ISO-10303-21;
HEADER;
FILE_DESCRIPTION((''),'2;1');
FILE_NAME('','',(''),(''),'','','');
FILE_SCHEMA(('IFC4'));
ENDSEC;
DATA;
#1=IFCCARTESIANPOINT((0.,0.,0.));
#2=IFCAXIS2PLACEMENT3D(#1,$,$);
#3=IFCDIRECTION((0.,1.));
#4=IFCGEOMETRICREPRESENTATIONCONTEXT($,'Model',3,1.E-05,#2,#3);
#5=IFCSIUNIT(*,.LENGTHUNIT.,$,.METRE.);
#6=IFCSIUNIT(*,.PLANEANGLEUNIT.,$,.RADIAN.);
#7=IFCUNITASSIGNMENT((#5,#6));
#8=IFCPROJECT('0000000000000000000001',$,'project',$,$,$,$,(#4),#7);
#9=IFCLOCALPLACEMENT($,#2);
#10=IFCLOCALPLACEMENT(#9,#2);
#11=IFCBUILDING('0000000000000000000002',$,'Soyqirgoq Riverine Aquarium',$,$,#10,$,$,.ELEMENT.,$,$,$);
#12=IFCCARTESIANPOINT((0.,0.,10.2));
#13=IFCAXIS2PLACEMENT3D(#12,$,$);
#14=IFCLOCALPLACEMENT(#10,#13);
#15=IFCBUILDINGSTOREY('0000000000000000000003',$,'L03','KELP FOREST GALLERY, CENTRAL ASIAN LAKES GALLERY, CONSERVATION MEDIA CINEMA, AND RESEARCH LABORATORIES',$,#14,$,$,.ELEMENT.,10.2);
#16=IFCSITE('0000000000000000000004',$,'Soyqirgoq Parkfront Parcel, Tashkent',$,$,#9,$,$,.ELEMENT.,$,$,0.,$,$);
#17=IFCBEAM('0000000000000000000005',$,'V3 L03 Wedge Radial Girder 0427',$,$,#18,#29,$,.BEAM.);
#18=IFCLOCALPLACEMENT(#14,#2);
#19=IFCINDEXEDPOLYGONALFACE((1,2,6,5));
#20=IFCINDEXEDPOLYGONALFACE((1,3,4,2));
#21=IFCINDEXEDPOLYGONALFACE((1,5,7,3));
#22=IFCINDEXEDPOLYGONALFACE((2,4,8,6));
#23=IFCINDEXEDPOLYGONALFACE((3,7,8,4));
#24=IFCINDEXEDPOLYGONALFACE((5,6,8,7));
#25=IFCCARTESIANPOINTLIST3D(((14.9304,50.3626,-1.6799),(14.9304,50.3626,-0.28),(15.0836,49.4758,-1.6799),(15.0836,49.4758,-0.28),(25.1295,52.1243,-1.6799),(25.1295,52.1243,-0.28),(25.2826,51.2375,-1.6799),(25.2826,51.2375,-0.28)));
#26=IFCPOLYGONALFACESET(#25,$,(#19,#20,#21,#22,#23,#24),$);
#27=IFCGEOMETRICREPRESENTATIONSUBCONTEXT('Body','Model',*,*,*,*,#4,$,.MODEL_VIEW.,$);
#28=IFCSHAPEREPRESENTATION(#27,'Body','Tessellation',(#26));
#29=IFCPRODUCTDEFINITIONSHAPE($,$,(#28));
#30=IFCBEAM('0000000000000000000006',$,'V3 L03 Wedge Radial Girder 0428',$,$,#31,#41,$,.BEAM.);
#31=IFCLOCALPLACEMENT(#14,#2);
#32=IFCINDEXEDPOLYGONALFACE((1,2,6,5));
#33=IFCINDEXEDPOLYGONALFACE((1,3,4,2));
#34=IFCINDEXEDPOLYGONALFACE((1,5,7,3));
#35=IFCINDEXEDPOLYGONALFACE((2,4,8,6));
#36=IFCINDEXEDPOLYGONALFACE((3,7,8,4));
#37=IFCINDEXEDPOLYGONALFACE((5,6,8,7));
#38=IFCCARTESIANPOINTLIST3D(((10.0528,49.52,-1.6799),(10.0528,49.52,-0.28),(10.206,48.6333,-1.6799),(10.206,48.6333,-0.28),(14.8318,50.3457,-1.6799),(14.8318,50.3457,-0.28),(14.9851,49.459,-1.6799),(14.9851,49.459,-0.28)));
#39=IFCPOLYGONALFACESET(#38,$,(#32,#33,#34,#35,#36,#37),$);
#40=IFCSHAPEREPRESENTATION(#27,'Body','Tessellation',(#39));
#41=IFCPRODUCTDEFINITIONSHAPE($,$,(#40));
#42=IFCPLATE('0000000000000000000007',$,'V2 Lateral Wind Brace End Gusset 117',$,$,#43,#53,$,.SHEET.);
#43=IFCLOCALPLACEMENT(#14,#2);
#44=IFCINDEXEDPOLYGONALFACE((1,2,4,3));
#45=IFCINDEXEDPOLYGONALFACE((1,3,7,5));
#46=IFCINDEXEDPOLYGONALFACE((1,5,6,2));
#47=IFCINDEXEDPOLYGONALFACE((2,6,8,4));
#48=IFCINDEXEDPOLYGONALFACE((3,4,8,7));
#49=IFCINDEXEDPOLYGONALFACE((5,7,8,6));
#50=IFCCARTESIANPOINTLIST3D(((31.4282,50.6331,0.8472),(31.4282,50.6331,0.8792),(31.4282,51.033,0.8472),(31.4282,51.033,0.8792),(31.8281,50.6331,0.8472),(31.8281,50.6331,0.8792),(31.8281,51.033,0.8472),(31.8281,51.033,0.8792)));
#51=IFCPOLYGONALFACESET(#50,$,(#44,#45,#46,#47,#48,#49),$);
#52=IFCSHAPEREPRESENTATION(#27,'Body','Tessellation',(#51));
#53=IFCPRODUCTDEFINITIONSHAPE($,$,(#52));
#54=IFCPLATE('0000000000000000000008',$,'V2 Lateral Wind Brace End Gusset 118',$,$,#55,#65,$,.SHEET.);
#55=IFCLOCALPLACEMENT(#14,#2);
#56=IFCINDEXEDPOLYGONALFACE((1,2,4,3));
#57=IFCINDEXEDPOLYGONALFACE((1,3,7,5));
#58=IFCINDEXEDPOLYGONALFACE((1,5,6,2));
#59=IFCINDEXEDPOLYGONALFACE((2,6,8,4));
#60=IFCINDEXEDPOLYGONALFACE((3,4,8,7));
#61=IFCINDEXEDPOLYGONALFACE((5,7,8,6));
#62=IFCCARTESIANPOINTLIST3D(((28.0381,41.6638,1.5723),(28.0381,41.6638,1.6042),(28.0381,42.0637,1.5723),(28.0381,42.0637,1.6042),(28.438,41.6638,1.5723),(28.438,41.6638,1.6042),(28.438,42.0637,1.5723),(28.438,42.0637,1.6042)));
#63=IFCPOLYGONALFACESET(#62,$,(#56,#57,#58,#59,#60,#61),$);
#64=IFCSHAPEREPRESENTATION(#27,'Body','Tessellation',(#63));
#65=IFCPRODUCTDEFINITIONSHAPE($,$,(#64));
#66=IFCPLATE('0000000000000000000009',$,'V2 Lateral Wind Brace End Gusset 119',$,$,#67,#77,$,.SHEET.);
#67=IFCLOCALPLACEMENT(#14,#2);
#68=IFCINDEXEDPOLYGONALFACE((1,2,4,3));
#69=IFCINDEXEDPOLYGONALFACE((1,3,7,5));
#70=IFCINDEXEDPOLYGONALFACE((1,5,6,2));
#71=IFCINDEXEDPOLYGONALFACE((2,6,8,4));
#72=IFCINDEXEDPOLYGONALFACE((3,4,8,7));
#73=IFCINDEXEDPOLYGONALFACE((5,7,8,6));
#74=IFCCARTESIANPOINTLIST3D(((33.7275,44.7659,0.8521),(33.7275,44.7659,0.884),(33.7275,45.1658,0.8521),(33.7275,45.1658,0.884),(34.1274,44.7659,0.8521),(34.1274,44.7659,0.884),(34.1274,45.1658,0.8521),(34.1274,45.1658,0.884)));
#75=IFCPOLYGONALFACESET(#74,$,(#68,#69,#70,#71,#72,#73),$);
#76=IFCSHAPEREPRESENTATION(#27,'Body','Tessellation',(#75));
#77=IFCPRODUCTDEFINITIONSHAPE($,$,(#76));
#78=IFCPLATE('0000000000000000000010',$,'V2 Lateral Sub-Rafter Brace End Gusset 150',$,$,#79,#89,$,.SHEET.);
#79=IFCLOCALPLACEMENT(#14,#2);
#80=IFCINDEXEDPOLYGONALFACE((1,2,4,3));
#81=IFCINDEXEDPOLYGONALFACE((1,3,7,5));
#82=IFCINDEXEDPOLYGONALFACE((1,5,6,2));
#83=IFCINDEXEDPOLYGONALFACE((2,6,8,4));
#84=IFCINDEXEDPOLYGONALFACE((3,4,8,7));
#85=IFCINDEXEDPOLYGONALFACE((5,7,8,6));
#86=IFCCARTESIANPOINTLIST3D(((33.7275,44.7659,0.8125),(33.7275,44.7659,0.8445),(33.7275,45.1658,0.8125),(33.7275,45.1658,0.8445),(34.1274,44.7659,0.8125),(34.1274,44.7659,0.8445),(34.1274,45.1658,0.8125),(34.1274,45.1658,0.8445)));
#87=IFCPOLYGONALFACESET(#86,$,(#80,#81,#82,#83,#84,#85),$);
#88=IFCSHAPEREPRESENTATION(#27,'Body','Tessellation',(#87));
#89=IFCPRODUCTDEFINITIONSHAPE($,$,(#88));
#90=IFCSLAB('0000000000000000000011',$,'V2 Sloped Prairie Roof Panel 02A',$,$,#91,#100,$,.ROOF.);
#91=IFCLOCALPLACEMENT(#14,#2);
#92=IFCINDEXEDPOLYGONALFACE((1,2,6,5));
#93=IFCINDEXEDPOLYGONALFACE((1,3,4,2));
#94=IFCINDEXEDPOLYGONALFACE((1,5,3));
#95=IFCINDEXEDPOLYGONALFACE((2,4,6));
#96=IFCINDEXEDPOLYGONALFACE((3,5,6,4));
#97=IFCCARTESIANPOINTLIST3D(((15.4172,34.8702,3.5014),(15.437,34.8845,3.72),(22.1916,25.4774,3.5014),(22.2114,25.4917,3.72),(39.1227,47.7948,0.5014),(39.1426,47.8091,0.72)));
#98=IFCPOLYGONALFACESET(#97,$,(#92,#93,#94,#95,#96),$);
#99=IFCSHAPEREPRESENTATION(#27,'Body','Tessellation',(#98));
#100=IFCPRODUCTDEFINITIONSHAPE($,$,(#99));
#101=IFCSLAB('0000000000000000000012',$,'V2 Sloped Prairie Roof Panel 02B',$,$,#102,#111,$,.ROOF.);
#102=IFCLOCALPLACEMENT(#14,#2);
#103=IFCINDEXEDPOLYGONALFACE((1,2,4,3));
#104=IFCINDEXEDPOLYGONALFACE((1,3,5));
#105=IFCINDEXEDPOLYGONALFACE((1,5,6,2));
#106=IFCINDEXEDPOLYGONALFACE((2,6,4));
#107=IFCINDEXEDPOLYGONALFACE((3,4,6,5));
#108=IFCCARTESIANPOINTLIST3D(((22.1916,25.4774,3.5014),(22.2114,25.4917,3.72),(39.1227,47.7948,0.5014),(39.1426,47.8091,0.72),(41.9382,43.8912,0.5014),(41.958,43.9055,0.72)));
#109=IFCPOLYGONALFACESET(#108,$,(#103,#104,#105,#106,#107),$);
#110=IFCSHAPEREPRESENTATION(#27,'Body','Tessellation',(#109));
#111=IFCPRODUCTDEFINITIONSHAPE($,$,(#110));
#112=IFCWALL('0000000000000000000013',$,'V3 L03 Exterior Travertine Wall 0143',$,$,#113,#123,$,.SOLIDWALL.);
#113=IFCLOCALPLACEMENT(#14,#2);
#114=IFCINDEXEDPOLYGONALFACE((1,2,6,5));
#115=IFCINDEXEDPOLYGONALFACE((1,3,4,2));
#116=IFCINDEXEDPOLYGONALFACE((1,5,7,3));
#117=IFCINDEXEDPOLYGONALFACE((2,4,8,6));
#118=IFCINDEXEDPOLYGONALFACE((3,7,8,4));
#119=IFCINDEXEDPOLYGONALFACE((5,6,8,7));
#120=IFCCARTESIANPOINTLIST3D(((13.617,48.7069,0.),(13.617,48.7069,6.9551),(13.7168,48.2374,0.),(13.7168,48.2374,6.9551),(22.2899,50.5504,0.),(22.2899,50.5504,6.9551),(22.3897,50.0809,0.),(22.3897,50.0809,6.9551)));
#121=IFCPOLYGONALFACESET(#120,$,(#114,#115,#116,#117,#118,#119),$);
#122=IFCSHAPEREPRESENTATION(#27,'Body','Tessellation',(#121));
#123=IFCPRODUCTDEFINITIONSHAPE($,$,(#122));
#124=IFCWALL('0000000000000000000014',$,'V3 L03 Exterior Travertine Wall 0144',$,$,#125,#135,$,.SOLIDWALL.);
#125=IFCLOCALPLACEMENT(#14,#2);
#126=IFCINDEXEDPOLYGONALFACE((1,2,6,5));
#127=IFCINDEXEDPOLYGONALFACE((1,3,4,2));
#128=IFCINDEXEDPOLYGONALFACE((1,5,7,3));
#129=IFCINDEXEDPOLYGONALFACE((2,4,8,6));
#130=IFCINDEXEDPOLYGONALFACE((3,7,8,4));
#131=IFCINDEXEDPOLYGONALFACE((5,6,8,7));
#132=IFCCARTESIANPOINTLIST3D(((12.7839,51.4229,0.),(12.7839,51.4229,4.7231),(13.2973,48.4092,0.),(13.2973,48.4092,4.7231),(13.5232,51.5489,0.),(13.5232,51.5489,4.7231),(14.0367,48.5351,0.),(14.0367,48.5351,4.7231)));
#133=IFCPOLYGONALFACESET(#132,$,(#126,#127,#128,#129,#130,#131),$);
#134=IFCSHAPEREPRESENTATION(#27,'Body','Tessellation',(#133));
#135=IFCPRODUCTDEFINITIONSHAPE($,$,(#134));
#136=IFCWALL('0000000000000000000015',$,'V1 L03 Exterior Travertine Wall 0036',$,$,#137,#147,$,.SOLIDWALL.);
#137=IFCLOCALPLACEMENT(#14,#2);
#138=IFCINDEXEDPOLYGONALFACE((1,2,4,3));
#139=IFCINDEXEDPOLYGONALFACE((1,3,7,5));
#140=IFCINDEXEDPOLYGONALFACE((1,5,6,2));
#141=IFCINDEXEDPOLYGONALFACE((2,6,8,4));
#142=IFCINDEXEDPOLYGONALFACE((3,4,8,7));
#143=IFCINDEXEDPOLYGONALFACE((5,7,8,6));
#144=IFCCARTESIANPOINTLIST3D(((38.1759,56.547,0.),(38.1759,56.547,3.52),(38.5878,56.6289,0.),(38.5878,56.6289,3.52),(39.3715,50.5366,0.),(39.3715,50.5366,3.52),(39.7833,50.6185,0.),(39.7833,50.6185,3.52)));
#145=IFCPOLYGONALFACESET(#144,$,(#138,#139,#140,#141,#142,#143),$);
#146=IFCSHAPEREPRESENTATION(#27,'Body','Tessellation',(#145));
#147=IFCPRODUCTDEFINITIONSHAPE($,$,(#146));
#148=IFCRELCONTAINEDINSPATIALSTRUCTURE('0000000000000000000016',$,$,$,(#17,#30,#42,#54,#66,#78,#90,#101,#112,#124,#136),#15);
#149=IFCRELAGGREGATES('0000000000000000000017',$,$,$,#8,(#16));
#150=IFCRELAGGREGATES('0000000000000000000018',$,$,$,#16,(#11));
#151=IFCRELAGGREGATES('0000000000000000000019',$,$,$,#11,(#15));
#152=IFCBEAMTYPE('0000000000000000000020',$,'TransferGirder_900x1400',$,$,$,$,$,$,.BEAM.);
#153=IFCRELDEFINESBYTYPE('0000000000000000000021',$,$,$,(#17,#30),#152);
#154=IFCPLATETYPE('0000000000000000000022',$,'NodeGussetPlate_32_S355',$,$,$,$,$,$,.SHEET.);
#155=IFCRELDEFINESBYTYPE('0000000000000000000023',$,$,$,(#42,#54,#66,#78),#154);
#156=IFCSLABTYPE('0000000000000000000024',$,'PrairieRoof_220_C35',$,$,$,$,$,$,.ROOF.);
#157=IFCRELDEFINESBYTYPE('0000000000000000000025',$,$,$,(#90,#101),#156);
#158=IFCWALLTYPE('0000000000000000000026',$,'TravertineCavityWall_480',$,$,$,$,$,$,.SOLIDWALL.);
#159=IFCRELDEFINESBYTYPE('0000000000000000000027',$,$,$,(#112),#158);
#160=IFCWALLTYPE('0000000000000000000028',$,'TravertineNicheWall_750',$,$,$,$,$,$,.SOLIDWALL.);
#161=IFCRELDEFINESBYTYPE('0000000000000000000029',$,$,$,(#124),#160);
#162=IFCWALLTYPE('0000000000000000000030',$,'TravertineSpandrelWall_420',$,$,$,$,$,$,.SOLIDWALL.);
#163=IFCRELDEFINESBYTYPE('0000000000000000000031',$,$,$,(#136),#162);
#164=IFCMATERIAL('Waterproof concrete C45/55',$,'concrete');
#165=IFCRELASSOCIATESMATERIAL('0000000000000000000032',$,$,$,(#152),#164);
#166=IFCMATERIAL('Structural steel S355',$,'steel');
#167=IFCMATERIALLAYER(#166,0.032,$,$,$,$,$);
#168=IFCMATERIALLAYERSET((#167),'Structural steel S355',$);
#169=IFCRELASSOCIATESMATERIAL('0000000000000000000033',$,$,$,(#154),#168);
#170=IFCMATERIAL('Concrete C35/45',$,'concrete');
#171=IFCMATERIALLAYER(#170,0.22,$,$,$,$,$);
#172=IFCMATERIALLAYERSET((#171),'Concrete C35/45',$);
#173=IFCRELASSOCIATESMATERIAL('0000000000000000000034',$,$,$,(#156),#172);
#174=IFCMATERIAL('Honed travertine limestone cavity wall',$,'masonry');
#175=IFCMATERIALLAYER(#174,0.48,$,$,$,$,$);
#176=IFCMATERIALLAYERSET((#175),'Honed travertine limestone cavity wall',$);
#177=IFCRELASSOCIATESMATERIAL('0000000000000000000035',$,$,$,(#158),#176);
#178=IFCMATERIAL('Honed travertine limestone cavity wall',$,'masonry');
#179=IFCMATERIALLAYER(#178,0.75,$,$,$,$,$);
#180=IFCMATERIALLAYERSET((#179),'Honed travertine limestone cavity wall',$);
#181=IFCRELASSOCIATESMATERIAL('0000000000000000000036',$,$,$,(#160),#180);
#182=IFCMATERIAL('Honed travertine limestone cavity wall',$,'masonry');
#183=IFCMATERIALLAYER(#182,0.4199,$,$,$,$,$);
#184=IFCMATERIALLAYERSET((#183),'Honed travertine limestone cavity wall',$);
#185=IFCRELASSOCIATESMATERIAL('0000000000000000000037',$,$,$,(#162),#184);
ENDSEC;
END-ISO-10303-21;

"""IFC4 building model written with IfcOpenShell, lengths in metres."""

from ifc_helpers import new_model, si_unit, direction, frame, frame_2d, origin, origin_2d, place, context, subcontext, project, spatial, polyline, rectangle, outline, extrude, material, layer, layer_set, material_profile, profile_set, type_object, element, save


model = new_model("IFC4")

# Units and contexts
model_context = context("Model", 3, precision=1e-05, world=origin(), true_north=direction((0.0, 1.0)))
body_context = subcontext(model_context, "Body", "Model", "MODEL_VIEW")
ifc_project = project(units=[si_unit("LENGTHUNIT", "METRE"), si_unit("PLANEANGLEUNIT", "RADIAN")], contexts=[model_context])

# Site, building, storey
site_placement = place(None, origin())
site = spatial("IfcSite", under=ifc_project, at=site_placement, Name="Soyqirgoq Parkfront Parcel, Tashkent", CompositionType="ELEMENT", RefElevation=0.0)
building_placement = place(site_placement, origin())
building = spatial("IfcBuilding", under=site, at=building_placement, Name="Soyqirgoq Riverine Aquarium", CompositionType="ELEMENT")
storey_placement = place(building_placement, frame((0.0, 0.0, 10.2)))
storey = spatial("IfcBuildingStorey", under=building, at=storey_placement, Name="L03", Description="KELP FOREST GALLERY, CENTRAL ASIAN LAKES GALLERY, CONSERVATION MEDIA CINEMA, AND RESEARCH LABORATORIES", CompositionType="ELEMENT", Elevation=10.2)

# Beams
ifc_material_1 = material(Name="Waterproof concrete C45/55", Category="concrete")
ifc_material_profile_1 = material_profile(ifc_material_1, rectangle(XDim=0.8999, YDim=1.3999, at=origin_2d()), Name="RC 900x1400")
ifc_profile_set_1 = profile_set([ifc_material_profile_1], Name="Waterproof concrete C45/55")
beam_type_1 = type_object("IfcBeamType", Name="TransferGirder_900x1400", PredefinedType="BEAM", material=ifc_profile_set_1)
beam_1_placement = place(storey_placement, frame((25.2061, 51.6809, -0.98), z_axis=(-0.985407, -0.170214, 0.0), x_axis=(0.170214, -0.985407, 0.0)))
element("IfcBeam", 1, at=beam_1_placement, inside=storey, type_object=beam_type_1, Name="V3 L03 Wedge Radial Girder 0427", PredefinedType="BEAM", context=body_context, shape_type="SweptSolid", body=[
    extrude(rectangle(XDim=0.8999, YDim=1.3999, at=origin_2d()), origin(), (0.0, 0.0, 1.0), 10.3501),
])
beam_2_placement = place(storey_placement, frame((14.9084, 49.9023, -0.98), z_axis=(-0.985401, -0.170249, 0.0), x_axis=(0.170249, -0.985401, 0.0)))
element("IfcBeam", 2, at=beam_2_placement, inside=storey, type_object=beam_type_1, Name="V3 L03 Wedge Radial Girder 0428", PredefinedType="BEAM", context=body_context, shape_type="SweptSolid", body=[
    extrude(rectangle(XDim=0.8999, YDim=1.3999, at=origin_2d()), origin(), (0.0, 0.0, 1.0), 4.8499),
])

# Plates
ifc_material_2 = material(Name="Structural steel S355", Category="steel")
ifc_layer_1 = layer(ifc_material_2, 0.032)
ifc_layer_set_1 = layer_set([ifc_layer_1], Name="Structural steel S355")
plate_type = type_object("IfcPlateType", Name="NodeGussetPlate_32_S355", PredefinedType="SHEET", material=ifc_layer_set_1)
for number, where, z_axis, x_axis, name in (
    (3, (31.6282, 50.833, 0.8472), (0.0, 0.0, 1.0), (1.0, 0.0, 0.0), "V2 Lateral Wind Brace End Gusset 117"),
    (4, (28.238, 41.8638, 1.5723), (0.0, 0.0, 1.0), (1.0, 0.0, 0.0), "V2 Lateral Wind Brace End Gusset 118"),
    (5, (33.9275, 44.9658, 0.8521), (0.0, 0.0, 1.0), (1.0, 0.0, 0.0), "V2 Lateral Wind Brace End Gusset 119"),
    (6, (33.9275, 44.9658, 0.8125), (0.0, 0.0, 1.0), (1.0, 0.0, 0.0), "V2 Lateral Sub-Rafter Brace End Gusset 150"),
):
    element("IfcPlate", number, at=place(storey_placement, frame(where, z_axis=z_axis, x_axis=x_axis)), inside=storey, type_object=plate_type, Name=name, PredefinedType="SHEET", context=body_context, shape_type="SweptSolid", body=[
        extrude(rectangle(XDim=0.3999, YDim=0.3999, at=origin_2d()), origin(), (0.0, 0.0, 1.0), 0.032),
    ])

# Slabs
ifc_material_3 = material(Name="Concrete C35/45", Category="concrete")
ifc_layer_2 = layer(ifc_material_3, 0.22)
ifc_layer_set_2 = layer_set([ifc_layer_2], Name="Concrete C35/45")
slab_type = type_object("IfcSlabType", Name="PrairieRoof_220_C35", PredefinedType="ROOF", material=ifc_layer_set_2)
slab_1_placement = place(storey_placement, frame((39.1426, 47.8091, 0.72), z_axis=(0.09027, 0.065106, 0.993787), x_axis=(-0.872615, -0.47576, 0.110432)))
element("IfcSlab", 7, at=slab_1_placement, inside=storey, type_object=slab_type, Name="V2 Sloped Prairie Roof Panel 02A", PredefinedType="ROOF", context=body_context, shape_type="SweptSolid", body=[
    extrude(outline(polyline([(0.0, 0.0), (27.1661, 0.0), (25.7234, 11.4907), (0.0, 0.0)])), origin(), (0.0, 0.0, -1.0), 0.22),
])
slab_2_placement = place(storey_placement, frame((39.1426, 47.8091, 0.72), z_axis=(0.090269, 0.065106, 0.993787), x_axis=(-0.600966, -0.792149, 0.106484)))
element("IfcSlab", 8, at=slab_2_placement, inside=storey, type_object=slab_type, Name="V2 Sloped Prairie Roof Panel 02B", PredefinedType="ROOF", context=body_context, shape_type="SweptSolid", body=[
    extrude(outline(polyline([(0.0, 0.0), (28.1732, 0.0), (1.4002, 4.6048), (0.0, 0.0)])), origin(), (0.0, 0.0, -1.0), 0.22),
])

# Walls
ifc_material_4 = material(Name="Honed travertine limestone cavity wall", Category="masonry")
ifc_layer_3 = layer(ifc_material_4, 0.48)
ifc_layer_set_3 = layer_set([ifc_layer_3], Name="Honed travertine limestone cavity wall")
wall_type_1 = type_object("IfcWallType", Name="TravertineCavityWall_480", PredefinedType="SOLIDWALL", material=ifc_layer_set_3)
wall_1_placement = place(storey_placement, frame((22.3398, 50.3157, 0.0), z_axis=(0.0, 0.0, 1.0), x_axis=(-0.978147, -0.207915, 0.0)))
element("IfcWall", 9, at=wall_1_placement, inside=storey, type_object=wall_type_1, Name="V3 L03 Exterior Travertine Wall 0143", PredefinedType="SOLIDWALL", context=body_context, shape_type="SweptSolid", body=[
    extrude(rectangle(XDim=8.8667, YDim=0.48, at=frame_2d((4.4333, 0.0))), origin(), (0.0, 0.0, 1.0), 6.9551),
])
ifc_material_5 = material(Name="Honed travertine limestone cavity wall", Category="masonry")
ifc_layer_4 = layer(ifc_material_5, 0.75)
ifc_layer_set_4 = layer_set([ifc_layer_4], Name="Honed travertine limestone cavity wall")
wall_type_2 = type_object("IfcWallType", Name="TravertineNicheWall_750", PredefinedType="SOLIDWALL", material=ifc_layer_set_4)
wall_2_placement = place(storey_placement, frame((13.667, 48.4722, 0.0), z_axis=(0.0, 0.0, 1.0), x_axis=(-0.167946, 0.985796, 0.0)))
element("IfcWall", 10, at=wall_2_placement, inside=storey, type_object=wall_type_2, Name="V3 L03 Exterior Travertine Wall 0144", PredefinedType="SOLIDWALL", context=body_context, shape_type="SweptSolid", body=[
    extrude(rectangle(XDim=3.0571, YDim=0.75, at=frame_2d((1.5286, 0.0))), origin(), (0.0, 0.0, 1.0), 4.7231),
])

# Wall
ifc_material_6 = material(Name="Honed travertine limestone cavity wall", Category="masonry")
ifc_layer_5 = layer(ifc_material_6, 0.4199)
ifc_layer_set_5 = layer_set([ifc_layer_5], Name="Honed travertine limestone cavity wall")
wall_type_3 = type_object("IfcWallType", Name="TravertineSpandrelWall_420", PredefinedType="SOLIDWALL", material=ifc_layer_set_5)
wall_3_placement = place(storey_placement, frame((39.5774, 50.5776, 0.0), z_axis=(0.0, 0.0, 1.0), x_axis=(-0.195089, 0.980785, 0.0)))
element("IfcWall", 11, at=wall_3_placement, inside=storey, type_object=wall_type_3, Name="V1 L03 Exterior Travertine Wall 0036", PredefinedType="SOLIDWALL", context=body_context, shape_type="SweptSolid", body=[
    extrude(rectangle(XDim=6.1282, YDim=0.4199, at=frame_2d((3.064, 0.0))), origin(), (0.0, 0.0, 1.0), 3.52),
])

save(model, "model.ifc")
